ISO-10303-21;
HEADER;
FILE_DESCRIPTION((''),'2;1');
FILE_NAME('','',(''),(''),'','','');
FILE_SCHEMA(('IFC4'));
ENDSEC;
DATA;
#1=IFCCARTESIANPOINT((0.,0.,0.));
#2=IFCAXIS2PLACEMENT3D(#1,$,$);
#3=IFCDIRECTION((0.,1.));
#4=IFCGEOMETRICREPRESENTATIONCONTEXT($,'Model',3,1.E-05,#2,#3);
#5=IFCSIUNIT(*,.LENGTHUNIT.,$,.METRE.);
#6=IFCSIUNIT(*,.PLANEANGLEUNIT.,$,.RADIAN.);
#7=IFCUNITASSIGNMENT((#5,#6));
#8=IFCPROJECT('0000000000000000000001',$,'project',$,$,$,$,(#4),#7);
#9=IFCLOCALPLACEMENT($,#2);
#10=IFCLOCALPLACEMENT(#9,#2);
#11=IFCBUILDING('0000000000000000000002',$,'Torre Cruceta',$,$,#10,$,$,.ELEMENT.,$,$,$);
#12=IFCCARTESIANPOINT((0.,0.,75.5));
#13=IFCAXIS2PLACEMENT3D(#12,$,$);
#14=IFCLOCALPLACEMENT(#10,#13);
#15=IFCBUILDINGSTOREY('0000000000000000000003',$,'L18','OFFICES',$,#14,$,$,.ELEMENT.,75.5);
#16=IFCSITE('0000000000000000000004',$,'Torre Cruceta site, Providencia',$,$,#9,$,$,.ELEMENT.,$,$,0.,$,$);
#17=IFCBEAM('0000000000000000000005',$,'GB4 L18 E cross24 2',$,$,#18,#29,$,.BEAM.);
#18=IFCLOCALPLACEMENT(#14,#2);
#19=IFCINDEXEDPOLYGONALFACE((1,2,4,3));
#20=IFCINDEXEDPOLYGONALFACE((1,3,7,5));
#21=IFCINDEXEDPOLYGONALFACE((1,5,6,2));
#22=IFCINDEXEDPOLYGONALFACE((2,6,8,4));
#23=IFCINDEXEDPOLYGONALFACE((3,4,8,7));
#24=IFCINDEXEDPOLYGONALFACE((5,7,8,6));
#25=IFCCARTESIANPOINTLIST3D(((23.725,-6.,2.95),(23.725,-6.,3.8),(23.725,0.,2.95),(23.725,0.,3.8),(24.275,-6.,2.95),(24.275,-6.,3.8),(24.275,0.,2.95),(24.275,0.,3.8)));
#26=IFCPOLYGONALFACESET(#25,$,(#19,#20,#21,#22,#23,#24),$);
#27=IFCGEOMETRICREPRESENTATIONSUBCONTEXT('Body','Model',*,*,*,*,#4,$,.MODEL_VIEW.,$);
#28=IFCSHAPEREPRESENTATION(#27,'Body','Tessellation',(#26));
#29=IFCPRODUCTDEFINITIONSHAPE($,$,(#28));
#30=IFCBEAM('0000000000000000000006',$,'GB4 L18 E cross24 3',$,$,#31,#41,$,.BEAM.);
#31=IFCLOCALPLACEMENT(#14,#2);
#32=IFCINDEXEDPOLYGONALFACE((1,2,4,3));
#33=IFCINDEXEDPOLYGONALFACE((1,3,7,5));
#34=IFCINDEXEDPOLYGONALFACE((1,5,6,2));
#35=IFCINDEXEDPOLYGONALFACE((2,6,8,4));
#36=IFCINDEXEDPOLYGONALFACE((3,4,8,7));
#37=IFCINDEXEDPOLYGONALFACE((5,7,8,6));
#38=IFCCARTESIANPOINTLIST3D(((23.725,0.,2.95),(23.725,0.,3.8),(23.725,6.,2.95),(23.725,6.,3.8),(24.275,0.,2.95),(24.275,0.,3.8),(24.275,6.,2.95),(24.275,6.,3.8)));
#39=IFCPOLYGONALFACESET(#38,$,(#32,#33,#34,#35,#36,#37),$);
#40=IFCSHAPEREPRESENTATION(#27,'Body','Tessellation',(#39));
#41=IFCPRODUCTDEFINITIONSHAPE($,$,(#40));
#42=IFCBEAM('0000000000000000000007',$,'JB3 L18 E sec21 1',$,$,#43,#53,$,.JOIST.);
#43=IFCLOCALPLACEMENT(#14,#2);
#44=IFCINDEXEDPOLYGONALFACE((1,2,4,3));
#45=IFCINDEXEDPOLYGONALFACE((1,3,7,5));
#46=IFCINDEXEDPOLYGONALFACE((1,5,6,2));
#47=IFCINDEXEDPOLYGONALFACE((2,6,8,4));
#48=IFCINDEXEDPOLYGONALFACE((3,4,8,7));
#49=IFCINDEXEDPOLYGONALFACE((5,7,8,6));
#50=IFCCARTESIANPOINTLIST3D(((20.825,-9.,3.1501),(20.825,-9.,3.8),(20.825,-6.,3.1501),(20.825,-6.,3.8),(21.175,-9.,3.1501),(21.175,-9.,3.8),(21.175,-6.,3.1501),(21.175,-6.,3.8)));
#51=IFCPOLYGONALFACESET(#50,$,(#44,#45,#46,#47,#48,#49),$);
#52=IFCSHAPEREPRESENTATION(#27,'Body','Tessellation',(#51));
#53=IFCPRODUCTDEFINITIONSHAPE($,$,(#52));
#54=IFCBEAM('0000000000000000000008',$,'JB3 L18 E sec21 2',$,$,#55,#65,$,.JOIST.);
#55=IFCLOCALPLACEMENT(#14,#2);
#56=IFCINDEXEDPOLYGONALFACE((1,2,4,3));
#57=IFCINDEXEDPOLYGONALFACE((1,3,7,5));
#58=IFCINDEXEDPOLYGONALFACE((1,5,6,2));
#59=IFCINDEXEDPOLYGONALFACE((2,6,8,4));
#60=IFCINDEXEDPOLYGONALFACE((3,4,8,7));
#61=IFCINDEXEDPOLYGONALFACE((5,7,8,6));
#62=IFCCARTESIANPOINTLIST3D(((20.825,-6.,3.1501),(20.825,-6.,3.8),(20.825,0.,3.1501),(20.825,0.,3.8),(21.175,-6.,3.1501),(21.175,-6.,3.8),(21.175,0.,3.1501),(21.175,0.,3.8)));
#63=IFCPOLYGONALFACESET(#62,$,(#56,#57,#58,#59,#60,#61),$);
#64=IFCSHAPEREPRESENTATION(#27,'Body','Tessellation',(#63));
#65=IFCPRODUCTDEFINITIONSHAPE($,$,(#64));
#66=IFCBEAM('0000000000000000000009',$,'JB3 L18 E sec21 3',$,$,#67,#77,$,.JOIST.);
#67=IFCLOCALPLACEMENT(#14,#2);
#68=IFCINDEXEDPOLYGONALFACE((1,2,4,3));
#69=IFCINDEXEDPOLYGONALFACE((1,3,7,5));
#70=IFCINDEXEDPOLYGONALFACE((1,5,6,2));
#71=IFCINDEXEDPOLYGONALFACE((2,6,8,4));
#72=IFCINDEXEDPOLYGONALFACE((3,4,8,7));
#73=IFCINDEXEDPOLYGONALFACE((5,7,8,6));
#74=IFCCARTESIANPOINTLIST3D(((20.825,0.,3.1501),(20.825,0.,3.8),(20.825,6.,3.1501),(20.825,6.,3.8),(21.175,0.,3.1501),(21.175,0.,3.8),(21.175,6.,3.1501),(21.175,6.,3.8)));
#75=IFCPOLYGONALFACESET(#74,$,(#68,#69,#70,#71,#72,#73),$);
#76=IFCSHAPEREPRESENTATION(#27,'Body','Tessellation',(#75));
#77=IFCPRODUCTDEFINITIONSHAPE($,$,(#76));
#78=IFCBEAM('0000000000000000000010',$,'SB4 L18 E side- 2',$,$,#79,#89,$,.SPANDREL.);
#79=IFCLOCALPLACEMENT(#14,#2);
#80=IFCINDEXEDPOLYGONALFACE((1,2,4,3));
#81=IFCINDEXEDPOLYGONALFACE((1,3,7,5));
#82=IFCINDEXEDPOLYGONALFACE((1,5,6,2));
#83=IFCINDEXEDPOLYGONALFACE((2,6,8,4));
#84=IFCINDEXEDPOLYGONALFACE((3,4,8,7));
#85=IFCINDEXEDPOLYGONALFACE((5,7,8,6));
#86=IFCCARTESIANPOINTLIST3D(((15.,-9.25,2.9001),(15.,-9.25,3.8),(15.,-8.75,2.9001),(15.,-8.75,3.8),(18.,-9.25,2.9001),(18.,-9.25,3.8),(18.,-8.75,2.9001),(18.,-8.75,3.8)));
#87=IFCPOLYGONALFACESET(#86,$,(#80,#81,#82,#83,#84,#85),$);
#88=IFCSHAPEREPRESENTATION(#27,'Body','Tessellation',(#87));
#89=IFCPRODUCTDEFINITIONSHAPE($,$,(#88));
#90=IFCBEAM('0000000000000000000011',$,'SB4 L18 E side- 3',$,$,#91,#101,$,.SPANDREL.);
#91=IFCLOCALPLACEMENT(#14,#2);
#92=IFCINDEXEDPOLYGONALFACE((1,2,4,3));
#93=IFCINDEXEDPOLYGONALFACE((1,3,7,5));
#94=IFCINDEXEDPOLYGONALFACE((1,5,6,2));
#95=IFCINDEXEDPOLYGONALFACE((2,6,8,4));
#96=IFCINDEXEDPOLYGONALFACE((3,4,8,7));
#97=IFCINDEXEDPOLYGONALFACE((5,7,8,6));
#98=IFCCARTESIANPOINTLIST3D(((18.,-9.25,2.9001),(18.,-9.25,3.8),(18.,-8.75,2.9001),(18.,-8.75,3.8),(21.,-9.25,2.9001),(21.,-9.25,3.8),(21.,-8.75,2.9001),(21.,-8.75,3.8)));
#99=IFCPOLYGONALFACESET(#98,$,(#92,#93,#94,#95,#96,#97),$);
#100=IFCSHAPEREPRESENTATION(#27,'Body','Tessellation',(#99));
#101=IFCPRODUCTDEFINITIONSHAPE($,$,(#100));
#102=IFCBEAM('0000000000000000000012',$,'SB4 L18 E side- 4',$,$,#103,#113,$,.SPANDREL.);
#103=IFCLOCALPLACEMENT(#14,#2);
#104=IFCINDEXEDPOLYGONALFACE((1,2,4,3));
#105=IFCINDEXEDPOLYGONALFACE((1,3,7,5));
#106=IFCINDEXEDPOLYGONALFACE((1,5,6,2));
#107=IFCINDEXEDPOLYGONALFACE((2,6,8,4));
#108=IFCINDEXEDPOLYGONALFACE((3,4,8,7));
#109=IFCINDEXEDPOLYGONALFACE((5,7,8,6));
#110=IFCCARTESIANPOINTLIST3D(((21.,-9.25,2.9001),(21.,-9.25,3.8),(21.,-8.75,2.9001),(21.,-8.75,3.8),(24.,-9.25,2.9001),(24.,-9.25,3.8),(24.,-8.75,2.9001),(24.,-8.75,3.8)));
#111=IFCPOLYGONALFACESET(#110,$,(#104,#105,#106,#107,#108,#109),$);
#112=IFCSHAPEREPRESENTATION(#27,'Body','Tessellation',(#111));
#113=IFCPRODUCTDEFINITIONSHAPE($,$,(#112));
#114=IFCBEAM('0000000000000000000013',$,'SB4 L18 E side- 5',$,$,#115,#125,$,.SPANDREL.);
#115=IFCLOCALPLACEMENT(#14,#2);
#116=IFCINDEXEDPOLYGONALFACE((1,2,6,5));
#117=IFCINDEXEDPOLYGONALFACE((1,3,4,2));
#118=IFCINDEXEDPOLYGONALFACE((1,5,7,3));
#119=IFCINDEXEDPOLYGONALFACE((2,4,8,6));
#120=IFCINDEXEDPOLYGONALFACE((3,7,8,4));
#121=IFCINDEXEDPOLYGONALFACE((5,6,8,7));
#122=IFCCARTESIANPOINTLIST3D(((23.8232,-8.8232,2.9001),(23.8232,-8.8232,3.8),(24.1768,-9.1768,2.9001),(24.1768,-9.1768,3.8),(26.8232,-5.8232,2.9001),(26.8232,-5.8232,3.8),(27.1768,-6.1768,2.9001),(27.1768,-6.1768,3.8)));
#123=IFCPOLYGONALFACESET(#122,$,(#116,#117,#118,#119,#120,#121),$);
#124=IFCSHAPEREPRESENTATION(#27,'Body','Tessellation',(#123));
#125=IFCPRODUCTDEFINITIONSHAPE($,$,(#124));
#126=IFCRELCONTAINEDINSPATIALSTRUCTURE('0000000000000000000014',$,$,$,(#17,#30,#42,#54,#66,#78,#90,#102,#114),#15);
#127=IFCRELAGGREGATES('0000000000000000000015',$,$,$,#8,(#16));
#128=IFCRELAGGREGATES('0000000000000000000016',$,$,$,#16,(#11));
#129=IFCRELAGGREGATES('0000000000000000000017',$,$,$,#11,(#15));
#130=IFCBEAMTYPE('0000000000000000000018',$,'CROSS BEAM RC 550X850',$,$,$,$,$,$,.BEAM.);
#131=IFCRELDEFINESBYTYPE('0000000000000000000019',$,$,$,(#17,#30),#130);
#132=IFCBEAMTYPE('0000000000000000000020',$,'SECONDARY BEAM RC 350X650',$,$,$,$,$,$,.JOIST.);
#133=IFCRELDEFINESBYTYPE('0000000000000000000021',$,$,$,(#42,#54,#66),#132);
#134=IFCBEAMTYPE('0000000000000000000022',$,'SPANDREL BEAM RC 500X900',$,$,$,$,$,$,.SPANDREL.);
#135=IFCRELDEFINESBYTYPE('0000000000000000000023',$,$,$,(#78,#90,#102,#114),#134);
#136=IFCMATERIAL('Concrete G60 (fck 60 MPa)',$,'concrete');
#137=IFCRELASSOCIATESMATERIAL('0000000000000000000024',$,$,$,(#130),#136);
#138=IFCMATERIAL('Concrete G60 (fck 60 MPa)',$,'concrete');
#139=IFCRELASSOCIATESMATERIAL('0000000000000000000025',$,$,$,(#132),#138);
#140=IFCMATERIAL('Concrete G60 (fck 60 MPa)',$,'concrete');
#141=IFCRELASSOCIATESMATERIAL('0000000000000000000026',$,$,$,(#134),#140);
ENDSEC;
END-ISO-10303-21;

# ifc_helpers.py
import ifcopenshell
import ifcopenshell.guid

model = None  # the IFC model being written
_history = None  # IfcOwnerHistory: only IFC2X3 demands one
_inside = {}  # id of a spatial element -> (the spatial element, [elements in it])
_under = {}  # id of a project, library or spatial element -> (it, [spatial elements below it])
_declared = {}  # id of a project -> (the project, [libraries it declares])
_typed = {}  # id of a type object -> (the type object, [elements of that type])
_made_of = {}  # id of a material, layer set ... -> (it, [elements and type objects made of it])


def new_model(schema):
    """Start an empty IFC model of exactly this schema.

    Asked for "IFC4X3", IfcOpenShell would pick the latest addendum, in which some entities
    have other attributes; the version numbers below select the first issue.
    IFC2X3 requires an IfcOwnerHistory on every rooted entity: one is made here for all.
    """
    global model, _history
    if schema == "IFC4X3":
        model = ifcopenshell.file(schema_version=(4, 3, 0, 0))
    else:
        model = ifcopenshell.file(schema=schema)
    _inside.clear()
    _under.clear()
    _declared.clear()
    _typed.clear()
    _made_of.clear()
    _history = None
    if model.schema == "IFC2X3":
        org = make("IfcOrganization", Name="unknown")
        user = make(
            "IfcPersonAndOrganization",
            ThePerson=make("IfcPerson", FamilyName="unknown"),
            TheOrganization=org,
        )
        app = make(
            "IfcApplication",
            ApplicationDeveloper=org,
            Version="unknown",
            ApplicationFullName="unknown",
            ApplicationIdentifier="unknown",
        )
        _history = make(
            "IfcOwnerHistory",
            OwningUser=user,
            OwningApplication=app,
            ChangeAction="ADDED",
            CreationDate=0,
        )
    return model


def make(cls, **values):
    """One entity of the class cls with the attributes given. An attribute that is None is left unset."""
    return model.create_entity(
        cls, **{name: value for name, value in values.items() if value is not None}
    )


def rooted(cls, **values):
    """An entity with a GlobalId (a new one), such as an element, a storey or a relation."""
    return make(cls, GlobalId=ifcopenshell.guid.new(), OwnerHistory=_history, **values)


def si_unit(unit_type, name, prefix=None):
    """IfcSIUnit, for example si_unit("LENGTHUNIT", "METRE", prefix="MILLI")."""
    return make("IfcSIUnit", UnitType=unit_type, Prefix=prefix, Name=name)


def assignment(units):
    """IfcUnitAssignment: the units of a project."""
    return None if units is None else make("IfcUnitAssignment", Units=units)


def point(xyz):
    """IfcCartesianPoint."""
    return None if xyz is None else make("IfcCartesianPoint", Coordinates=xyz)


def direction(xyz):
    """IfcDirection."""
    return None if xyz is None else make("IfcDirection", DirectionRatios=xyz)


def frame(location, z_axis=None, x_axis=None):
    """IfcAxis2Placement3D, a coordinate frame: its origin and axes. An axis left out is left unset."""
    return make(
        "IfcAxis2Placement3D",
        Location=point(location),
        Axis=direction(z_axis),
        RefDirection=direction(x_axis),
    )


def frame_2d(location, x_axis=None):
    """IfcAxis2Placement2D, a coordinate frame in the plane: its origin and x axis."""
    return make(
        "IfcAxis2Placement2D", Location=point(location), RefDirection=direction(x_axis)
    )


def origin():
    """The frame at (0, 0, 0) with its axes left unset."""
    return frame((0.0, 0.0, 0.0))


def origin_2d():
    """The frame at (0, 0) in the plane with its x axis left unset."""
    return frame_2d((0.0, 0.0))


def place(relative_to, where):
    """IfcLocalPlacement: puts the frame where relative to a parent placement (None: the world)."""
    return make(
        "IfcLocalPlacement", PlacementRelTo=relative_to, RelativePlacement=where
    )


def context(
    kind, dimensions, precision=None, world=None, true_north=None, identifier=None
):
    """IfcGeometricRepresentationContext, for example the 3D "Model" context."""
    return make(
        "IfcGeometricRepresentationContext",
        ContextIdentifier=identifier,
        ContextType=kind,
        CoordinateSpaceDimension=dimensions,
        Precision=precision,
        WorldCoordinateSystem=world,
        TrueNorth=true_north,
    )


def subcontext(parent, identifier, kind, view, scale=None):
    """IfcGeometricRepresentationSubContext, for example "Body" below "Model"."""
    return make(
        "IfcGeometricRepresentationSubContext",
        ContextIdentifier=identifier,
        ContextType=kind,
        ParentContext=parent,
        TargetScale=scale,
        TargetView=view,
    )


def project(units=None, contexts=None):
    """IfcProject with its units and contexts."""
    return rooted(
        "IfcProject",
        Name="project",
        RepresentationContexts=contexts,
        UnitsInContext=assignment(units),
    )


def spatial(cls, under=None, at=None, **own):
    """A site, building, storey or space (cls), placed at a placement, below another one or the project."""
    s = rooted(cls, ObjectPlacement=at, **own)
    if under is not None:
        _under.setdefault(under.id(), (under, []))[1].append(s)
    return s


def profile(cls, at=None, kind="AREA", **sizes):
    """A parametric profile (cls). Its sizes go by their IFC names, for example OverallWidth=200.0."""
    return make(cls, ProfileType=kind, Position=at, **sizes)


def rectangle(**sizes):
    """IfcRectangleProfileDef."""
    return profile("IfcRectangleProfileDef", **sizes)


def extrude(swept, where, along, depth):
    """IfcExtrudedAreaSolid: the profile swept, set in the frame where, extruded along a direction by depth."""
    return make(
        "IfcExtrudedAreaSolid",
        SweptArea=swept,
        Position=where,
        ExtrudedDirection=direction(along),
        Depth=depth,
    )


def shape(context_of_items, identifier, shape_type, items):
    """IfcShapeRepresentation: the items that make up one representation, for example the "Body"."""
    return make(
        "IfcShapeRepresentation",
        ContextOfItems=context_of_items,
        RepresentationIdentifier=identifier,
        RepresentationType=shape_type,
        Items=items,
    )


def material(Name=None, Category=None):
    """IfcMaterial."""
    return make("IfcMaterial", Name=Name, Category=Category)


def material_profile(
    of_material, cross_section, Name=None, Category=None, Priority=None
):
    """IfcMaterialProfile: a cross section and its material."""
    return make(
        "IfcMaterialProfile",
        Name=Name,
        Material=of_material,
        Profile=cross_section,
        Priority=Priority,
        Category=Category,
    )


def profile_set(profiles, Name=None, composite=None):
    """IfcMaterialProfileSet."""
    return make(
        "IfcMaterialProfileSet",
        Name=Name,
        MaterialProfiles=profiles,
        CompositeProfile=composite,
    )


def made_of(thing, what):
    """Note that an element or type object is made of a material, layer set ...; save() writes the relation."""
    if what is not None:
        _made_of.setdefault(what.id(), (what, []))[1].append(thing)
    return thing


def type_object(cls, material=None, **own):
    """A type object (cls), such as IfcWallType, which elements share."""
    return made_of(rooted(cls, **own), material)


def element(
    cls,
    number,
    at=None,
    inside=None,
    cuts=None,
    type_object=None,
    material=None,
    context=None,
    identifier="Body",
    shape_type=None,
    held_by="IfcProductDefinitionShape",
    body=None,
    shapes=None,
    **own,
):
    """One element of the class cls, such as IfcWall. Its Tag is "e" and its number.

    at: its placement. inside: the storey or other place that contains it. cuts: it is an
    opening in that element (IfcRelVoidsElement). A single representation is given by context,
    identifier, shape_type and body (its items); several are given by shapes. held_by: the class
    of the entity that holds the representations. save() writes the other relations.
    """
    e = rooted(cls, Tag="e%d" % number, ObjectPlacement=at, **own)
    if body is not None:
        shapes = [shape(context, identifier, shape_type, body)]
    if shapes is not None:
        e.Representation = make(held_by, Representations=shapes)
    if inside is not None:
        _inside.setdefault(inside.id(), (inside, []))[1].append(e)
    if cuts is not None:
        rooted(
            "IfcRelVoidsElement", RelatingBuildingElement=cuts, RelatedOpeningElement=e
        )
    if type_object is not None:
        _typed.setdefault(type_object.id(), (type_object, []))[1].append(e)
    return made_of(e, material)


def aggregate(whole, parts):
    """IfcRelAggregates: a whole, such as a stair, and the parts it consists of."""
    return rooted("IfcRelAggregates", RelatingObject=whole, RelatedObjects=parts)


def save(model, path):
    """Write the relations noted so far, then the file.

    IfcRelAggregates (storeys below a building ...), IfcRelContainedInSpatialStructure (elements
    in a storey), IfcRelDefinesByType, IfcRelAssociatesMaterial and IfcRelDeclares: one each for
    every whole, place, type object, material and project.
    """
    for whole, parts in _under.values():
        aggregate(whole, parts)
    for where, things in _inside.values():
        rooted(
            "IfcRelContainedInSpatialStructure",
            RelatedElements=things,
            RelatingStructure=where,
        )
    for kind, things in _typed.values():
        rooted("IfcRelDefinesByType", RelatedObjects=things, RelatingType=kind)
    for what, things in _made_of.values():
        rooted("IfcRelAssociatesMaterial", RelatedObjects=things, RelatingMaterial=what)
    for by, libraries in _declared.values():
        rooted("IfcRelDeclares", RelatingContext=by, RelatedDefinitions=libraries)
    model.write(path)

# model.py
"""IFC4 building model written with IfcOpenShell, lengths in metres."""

from ifc_helpers import new_model, si_unit, direction, frame, origin, origin_2d, place, context, subcontext, project, spatial, rectangle, extrude, material, material_profile, profile_set, type_object, element, save


model = new_model("IFC4")

# Units and contexts
model_context = context("Model", 3, precision=1e-05, world=origin(), true_north=direction((0.0, 1.0)))
body_context = subcontext(model_context, "Body", "Model", "MODEL_VIEW")
ifc_project = project(units=[si_unit("LENGTHUNIT", "METRE"), si_unit("PLANEANGLEUNIT", "RADIAN")], contexts=[model_context])

# Site, building, storey
site_placement = place(None, origin())
site = spatial("IfcSite", under=ifc_project, at=site_placement, Name="Torre Cruceta site, Providencia", CompositionType="ELEMENT", RefElevation=0.0)
building_placement = place(site_placement, origin())
building = spatial("IfcBuilding", under=site, at=building_placement, Name="Torre Cruceta", CompositionType="ELEMENT")
storey_placement = place(building_placement, frame((0.0, 0.0, 75.5)))
storey = spatial("IfcBuildingStorey", under=building, at=storey_placement, Name="L18", Description="OFFICES", CompositionType="ELEMENT", Elevation=75.5)

# Beams
ifc_material_1 = material(Name="Concrete G60 (fck 60 MPa)", Category="concrete")
ifc_material_profile_1 = material_profile(ifc_material_1, rectangle(XDim=0.55, YDim=0.8501, at=origin_2d()), Name="RC 550X850")
ifc_profile_set_1 = profile_set([ifc_material_profile_1], Name="Concrete G60 (fck 60 MPa)")
beam_type_1 = type_object("IfcBeamType", Name="CROSS BEAM RC 550X850", PredefinedType="BEAM", material=ifc_profile_set_1)
for number, where, z_axis, x_axis, name in (
    (1, (24.0, -6.0, 3.375), (0.0, 1.0, 0.0), (-1.0, 0.0, 0.0), "GB4 L18 E cross24 2"),
    (2, (24.0, 0.0, 3.375), (0.0, 1.0, 0.0), (-1.0, 0.0, 0.0), "GB4 L18 E cross24 3"),
):
    element("IfcBeam", number, at=place(storey_placement, frame(where, z_axis=z_axis, x_axis=x_axis)), inside=storey, type_object=beam_type_1, Name=name, PredefinedType="BEAM", context=body_context, shape_type="SweptSolid", body=[
        extrude(rectangle(XDim=0.55, YDim=0.8501, at=origin_2d()), origin(), (0.0, 0.0, 1.0), 6.0),
    ])
ifc_material_2 = material(Name="Concrete G60 (fck 60 MPa)", Category="concrete")
ifc_material_profile_2 = material_profile(ifc_material_2, rectangle(XDim=0.3501, YDim=0.6499, at=origin_2d()), Name="RC 350X650")
ifc_profile_set_2 = profile_set([ifc_material_profile_2], Name="Concrete G60 (fck 60 MPa)")
beam_type_2 = type_object("IfcBeamType", Name="SECONDARY BEAM RC 350X650", PredefinedType="JOIST", material=ifc_profile_set_2)
beam_1_placement = place(storey_placement, frame((21.0, -9.0, 3.4751), z_axis=(0.0, 1.0, 0.0), x_axis=(-1.0, 0.0, 0.0)))
element("IfcBeam", 3, at=beam_1_placement, inside=storey, type_object=beam_type_2, Name="JB3 L18 E sec21 1", PredefinedType="JOIST", context=body_context, shape_type="SweptSolid", body=[
    extrude(rectangle(XDim=0.3501, YDim=0.6499, at=origin_2d()), origin(), (0.0, 0.0, 1.0), 3.0),
])
for number, where, z_axis, x_axis, name in (
    (4, (21.0, -6.0, 3.4751), (0.0, 1.0, 0.0), (-1.0, 0.0, 0.0), "JB3 L18 E sec21 2"),
    (5, (21.0, 0.0, 3.4751), (0.0, 1.0, 0.0), (-1.0, 0.0, 0.0), "JB3 L18 E sec21 3"),
):
    element("IfcBeam", number, at=place(storey_placement, frame(where, z_axis=z_axis, x_axis=x_axis)), inside=storey, type_object=beam_type_2, Name=name, PredefinedType="JOIST", context=body_context, shape_type="SweptSolid", body=[
        extrude(rectangle(XDim=0.3501, YDim=0.6499, at=origin_2d()), origin(), (0.0, 0.0, 1.0), 6.0),
    ])
ifc_material_3 = material(Name="Concrete G60 (fck 60 MPa)", Category="concrete")
ifc_material_profile_3 = material_profile(ifc_material_3, rectangle(XDim=0.5, YDim=0.8999, at=origin_2d()), Name="RC 500X900")
ifc_profile_set_3 = profile_set([ifc_material_profile_3], Name="Concrete G60 (fck 60 MPa)")
beam_type_3 = type_object("IfcBeamType", Name="SPANDREL BEAM RC 500X900", PredefinedType="SPANDREL", material=ifc_profile_set_3)
for number, where, z_axis, x_axis, name in (
    (6, (15.0, -9.0, 3.3501), (1.0, 0.0, 0.0), (0.0, 1.0, 0.0), "SB4 L18 E side- 2"),
    (7, (18.0, -9.0, 3.3501), (1.0, 0.0, 0.0), (0.0, 1.0, 0.0), "SB4 L18 E side- 3"),
    (8, (21.0, -9.0, 3.3501), (1.0, 0.0, 0.0), (0.0, 1.0, 0.0), "SB4 L18 E side- 4"),
):
    element("IfcBeam", number, at=place(storey_placement, frame(where, z_axis=z_axis, x_axis=x_axis)), inside=storey, type_object=beam_type_3, Name=name, PredefinedType="SPANDREL", context=body_context, shape_type="SweptSolid", body=[
        extrude(rectangle(XDim=0.5, YDim=0.8999, at=origin_2d()), origin(), (0.0, 0.0, 1.0), 3.0),
    ])
beam_2_placement = place(storey_placement, frame((24.0, -9.0, 3.3501), z_axis=(0.707107, 0.707107, 0.0), x_axis=(-0.707107, 0.707107, 0.0)))
element("IfcBeam", 9, at=beam_2_placement, inside=storey, type_object=beam_type_3, Name="SB4 L18 E side- 5", PredefinedType="SPANDREL", context=body_context, shape_type="SweptSolid", body=[
    extrude(rectangle(XDim=0.5, YDim=0.8999, at=origin_2d()), origin(), (0.0, 0.0, 1.0), 4.2427),
])

save(model, "model.ifc")
